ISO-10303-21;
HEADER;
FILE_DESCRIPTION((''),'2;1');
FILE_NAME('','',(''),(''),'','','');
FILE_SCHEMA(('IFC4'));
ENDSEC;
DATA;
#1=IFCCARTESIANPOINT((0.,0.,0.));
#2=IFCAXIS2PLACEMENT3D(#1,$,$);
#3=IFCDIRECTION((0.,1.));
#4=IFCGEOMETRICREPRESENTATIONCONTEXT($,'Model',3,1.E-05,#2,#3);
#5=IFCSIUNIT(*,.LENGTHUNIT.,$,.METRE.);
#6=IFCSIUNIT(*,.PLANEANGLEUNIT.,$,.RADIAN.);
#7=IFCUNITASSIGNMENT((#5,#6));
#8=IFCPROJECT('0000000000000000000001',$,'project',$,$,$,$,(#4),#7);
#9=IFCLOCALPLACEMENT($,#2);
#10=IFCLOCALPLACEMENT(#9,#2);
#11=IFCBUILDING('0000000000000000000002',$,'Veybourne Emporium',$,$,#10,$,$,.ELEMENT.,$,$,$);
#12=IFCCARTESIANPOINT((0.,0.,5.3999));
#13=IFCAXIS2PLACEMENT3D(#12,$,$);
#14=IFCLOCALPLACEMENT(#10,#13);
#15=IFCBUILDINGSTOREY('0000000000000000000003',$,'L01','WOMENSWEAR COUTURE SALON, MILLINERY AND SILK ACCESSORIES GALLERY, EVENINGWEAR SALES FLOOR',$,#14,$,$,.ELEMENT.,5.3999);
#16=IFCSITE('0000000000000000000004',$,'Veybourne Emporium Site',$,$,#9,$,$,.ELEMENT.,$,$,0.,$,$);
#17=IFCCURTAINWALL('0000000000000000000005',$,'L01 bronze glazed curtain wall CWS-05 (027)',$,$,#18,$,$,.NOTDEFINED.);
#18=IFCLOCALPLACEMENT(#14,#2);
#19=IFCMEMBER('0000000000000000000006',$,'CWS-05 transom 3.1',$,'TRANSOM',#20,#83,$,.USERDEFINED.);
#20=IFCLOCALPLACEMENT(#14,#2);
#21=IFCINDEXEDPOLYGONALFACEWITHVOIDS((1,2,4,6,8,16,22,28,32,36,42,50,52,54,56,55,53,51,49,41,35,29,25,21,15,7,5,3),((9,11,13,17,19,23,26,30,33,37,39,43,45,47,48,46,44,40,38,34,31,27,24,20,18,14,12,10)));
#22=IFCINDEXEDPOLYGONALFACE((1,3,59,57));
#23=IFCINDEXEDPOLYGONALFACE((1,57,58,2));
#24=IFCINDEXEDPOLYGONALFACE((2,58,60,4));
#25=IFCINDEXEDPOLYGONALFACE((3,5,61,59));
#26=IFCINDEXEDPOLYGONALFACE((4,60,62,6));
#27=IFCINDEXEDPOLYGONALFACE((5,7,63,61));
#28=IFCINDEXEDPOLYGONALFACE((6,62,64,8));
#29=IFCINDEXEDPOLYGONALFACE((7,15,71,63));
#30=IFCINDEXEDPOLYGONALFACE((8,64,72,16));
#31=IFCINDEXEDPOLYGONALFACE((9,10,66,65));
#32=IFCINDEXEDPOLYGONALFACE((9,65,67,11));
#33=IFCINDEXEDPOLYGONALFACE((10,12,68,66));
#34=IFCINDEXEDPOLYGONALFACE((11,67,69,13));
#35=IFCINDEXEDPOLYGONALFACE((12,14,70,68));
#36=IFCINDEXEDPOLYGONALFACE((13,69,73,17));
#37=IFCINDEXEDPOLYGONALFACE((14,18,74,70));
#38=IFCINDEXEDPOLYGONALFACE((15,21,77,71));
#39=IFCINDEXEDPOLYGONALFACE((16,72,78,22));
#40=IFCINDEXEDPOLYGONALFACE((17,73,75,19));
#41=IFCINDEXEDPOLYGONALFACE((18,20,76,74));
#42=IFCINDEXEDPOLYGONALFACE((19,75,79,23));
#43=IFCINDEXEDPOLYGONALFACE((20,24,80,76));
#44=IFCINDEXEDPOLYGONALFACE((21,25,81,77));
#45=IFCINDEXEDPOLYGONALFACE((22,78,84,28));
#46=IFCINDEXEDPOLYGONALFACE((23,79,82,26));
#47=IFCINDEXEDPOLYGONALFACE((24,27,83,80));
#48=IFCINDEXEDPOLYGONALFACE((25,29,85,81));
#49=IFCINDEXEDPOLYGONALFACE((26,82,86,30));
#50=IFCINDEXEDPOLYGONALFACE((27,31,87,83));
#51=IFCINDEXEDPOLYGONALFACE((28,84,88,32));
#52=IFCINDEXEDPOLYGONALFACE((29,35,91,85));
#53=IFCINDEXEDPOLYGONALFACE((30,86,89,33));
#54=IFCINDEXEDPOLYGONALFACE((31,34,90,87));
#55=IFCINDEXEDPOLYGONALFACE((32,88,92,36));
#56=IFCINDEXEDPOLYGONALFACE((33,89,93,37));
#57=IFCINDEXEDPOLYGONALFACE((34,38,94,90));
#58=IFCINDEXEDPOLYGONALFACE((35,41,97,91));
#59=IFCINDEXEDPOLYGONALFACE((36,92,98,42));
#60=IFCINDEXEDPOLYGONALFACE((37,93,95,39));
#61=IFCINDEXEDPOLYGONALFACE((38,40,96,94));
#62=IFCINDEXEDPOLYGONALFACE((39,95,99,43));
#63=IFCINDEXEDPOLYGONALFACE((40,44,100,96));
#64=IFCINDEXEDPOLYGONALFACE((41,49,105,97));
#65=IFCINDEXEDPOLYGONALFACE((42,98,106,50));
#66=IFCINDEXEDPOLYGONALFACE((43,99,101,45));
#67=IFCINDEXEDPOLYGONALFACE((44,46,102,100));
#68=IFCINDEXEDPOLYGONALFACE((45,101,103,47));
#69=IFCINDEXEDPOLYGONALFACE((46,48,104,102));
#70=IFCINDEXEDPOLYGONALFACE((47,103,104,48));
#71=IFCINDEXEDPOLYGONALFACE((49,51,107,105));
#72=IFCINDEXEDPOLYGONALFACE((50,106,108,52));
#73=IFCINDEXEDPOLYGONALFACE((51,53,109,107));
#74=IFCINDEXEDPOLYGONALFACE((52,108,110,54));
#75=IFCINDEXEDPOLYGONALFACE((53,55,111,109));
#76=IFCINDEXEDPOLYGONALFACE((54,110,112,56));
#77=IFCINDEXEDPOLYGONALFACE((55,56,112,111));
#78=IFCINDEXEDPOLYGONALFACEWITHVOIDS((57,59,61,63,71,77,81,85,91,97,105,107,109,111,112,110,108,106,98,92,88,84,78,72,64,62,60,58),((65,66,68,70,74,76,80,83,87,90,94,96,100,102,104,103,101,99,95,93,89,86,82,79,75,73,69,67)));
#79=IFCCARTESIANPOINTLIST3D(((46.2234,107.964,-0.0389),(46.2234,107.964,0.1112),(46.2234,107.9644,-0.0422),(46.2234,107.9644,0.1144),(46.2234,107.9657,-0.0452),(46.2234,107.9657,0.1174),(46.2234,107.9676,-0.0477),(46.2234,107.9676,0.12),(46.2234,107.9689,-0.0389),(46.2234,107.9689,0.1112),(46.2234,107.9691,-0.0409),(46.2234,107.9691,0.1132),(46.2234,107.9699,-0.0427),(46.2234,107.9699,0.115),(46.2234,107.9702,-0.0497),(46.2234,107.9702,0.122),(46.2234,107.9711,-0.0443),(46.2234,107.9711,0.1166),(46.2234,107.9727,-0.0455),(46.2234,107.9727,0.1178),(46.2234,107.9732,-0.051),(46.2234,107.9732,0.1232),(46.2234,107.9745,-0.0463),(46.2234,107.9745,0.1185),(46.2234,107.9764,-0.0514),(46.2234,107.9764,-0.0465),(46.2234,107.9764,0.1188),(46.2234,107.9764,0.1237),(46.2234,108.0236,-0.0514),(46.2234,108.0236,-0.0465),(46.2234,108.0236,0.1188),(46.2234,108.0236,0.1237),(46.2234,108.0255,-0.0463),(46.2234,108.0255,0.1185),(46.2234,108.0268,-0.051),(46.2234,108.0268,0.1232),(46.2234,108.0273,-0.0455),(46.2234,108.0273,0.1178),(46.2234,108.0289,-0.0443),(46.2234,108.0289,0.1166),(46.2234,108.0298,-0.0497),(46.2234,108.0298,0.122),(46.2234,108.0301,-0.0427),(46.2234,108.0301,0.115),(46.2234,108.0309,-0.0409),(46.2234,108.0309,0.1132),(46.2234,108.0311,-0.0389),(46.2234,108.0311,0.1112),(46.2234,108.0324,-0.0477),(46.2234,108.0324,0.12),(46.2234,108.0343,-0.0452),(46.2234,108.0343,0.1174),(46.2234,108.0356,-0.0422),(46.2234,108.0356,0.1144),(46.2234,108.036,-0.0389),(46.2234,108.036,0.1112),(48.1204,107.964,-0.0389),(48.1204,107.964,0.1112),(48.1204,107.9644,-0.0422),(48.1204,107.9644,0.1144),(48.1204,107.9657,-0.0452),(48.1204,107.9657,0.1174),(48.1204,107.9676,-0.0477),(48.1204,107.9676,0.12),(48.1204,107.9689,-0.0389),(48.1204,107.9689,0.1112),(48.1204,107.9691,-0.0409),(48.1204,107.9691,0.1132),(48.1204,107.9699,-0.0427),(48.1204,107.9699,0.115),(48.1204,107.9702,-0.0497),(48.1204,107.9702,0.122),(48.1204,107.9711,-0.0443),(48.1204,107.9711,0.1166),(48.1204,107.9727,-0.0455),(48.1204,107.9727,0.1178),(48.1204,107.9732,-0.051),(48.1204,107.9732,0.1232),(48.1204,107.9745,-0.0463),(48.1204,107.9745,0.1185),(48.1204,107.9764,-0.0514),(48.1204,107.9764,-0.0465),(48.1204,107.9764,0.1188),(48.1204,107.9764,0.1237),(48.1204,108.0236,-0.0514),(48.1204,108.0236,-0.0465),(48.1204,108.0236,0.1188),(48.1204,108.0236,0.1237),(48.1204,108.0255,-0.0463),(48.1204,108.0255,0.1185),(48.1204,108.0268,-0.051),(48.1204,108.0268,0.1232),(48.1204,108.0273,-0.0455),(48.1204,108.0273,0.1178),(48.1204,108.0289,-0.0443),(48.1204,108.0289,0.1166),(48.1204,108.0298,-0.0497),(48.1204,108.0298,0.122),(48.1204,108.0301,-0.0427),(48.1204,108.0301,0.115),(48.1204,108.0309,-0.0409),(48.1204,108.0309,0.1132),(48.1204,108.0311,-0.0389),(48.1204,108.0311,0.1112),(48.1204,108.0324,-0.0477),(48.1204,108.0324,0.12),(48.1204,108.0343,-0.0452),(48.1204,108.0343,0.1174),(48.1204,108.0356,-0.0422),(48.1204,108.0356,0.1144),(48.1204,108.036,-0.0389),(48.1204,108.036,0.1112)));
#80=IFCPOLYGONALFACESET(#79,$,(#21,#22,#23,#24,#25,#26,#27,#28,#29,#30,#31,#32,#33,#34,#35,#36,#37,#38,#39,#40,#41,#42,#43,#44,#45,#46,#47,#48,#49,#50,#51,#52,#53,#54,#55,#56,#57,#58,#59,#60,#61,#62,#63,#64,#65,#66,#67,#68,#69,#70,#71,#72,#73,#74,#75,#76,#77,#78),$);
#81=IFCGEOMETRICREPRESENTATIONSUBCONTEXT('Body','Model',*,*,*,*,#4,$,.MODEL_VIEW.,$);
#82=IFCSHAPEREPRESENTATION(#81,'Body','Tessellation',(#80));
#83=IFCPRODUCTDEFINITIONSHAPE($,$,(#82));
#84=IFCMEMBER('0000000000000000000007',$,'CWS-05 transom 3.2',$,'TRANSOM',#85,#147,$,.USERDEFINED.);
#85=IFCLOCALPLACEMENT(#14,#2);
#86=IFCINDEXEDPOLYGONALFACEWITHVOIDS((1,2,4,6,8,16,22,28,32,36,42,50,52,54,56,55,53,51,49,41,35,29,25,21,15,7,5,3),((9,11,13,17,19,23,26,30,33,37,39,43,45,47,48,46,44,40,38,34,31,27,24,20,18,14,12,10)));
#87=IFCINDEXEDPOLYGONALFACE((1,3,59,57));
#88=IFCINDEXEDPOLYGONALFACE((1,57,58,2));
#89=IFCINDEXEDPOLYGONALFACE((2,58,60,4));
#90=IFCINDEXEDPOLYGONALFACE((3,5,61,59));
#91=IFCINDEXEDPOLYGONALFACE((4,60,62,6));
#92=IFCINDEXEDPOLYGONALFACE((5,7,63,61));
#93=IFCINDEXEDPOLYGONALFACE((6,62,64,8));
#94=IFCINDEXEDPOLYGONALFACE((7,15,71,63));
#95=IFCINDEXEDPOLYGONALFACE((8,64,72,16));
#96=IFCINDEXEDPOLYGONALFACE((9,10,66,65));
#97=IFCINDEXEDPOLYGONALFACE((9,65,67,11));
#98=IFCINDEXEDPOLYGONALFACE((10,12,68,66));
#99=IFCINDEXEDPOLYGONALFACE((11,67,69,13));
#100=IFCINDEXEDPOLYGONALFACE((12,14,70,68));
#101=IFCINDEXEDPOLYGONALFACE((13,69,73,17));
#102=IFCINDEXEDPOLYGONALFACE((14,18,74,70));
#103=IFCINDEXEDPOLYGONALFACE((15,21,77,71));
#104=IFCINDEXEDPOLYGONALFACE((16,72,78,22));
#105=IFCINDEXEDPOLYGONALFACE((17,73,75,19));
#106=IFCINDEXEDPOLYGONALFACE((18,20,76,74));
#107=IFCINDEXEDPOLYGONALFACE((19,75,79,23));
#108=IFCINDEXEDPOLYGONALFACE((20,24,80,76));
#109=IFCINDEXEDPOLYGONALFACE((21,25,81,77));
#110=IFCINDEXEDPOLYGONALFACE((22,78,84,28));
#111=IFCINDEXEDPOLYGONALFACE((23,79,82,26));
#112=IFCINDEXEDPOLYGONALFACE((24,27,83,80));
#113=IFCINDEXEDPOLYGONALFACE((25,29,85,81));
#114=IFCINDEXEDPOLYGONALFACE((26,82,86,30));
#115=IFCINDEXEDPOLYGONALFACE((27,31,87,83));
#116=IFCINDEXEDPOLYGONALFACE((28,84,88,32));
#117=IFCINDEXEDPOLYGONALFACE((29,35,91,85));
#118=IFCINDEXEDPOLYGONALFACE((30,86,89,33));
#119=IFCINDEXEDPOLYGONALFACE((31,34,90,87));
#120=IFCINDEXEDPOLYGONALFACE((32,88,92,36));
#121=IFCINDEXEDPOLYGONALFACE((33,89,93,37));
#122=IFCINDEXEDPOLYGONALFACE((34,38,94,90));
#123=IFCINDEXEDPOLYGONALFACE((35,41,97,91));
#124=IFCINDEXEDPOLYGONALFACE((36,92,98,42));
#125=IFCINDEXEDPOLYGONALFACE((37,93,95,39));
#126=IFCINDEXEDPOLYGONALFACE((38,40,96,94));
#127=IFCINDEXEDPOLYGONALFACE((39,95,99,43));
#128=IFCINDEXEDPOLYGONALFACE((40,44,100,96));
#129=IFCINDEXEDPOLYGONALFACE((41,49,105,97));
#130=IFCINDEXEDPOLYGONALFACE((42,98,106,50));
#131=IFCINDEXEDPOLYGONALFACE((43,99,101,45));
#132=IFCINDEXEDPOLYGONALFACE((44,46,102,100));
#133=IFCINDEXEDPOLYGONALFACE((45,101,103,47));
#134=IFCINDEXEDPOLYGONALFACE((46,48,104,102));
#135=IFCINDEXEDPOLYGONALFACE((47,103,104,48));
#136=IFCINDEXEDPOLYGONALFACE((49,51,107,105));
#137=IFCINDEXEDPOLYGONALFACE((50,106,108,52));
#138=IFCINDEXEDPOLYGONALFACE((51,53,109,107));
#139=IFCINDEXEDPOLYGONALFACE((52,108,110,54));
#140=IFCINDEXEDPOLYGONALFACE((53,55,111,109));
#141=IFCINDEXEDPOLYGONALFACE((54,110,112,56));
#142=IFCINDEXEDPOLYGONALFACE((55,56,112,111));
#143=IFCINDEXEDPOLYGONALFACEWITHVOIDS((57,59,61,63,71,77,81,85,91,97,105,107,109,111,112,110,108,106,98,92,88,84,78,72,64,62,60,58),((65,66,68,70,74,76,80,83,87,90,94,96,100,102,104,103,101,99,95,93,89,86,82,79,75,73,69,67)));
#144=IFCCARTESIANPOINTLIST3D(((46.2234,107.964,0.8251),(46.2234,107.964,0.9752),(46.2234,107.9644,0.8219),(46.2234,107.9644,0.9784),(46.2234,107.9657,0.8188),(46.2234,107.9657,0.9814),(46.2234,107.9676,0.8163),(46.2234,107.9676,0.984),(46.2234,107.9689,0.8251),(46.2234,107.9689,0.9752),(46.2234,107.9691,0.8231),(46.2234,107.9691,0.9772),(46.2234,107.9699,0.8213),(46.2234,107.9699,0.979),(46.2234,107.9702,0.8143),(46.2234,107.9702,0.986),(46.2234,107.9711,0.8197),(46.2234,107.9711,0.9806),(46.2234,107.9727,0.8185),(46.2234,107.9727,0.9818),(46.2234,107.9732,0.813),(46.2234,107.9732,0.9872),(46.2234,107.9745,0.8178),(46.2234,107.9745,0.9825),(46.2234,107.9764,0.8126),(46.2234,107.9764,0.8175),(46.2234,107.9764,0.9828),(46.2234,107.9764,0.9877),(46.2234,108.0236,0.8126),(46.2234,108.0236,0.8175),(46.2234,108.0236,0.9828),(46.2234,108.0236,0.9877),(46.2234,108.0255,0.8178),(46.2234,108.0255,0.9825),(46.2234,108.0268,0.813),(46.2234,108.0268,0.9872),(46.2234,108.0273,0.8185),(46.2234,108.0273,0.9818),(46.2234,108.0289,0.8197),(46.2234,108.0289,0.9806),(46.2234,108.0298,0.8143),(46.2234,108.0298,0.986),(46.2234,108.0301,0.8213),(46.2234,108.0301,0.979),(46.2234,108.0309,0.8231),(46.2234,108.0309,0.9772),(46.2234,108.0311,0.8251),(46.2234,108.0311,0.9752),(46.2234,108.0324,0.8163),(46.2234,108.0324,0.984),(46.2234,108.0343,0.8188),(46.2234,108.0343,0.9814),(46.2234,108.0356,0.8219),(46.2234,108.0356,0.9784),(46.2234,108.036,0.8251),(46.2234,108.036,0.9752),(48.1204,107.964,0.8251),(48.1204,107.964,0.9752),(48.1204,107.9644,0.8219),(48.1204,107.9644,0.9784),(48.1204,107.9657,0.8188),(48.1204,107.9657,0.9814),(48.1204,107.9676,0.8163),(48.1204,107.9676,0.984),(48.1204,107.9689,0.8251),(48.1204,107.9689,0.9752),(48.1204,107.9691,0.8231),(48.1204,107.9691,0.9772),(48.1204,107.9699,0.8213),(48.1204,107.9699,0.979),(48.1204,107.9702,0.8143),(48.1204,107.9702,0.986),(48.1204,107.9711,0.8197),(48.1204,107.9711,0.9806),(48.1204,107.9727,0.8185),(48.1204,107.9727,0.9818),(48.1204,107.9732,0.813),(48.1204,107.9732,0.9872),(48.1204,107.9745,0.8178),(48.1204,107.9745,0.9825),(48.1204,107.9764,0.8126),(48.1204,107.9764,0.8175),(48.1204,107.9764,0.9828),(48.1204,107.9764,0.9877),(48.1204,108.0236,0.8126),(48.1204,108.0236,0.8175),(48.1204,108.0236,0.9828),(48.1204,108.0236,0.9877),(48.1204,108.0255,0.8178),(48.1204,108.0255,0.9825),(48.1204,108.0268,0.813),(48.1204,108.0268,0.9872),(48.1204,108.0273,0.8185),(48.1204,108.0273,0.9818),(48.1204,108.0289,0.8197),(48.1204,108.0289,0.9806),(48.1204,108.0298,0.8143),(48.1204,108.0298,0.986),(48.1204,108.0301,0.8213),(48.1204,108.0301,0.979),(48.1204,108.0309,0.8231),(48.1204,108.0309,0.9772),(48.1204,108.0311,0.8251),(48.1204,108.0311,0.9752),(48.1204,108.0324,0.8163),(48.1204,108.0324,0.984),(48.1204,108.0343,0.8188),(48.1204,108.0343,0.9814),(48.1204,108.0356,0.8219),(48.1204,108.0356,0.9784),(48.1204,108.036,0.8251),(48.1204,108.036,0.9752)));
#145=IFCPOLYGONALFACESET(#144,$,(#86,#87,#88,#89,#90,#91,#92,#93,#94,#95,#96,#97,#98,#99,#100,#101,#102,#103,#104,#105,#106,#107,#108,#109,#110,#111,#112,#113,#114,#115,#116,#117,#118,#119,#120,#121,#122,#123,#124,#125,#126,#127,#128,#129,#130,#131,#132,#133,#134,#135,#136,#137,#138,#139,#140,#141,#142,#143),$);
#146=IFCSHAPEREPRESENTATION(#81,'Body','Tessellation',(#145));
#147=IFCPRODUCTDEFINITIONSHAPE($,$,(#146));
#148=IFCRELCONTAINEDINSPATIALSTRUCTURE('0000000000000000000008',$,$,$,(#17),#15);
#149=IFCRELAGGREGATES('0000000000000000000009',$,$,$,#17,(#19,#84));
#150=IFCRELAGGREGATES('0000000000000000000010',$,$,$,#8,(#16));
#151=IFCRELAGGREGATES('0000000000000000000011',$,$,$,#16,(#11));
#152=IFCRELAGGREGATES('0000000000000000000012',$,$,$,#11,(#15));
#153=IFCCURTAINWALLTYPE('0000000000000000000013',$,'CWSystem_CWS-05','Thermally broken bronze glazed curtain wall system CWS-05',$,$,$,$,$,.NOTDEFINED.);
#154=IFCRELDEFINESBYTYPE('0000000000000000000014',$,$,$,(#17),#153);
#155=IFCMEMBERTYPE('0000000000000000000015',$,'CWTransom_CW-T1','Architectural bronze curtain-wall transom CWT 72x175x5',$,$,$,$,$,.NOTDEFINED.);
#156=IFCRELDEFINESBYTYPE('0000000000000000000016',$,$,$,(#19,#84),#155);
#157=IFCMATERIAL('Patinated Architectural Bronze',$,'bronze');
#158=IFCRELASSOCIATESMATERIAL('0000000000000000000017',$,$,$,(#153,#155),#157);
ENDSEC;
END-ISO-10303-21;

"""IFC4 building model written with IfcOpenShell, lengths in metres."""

from ifc_helpers import new_model, si_unit, direction, frame, origin, origin_2d, place, context, subcontext, project, spatial, hollow_rectangle, extrude, material, material_profile, profile_set, type_object, element, aggregate, save


model = new_model("IFC4")

# Units and contexts
model_context = context("Model", 3, precision=1e-05, world=origin(), true_north=direction((0.0, 1.0)))
body_context = subcontext(model_context, "Body", "Model", "MODEL_VIEW")
ifc_project = project(units=[si_unit("LENGTHUNIT", "METRE"), si_unit("PLANEANGLEUNIT", "RADIAN")], contexts=[model_context])

# Site, building, storey
site_placement = place(None, origin())
site = spatial("IfcSite", under=ifc_project, at=site_placement, Name="Veybourne Emporium Site", CompositionType="ELEMENT", RefElevation=0.0)
building_placement = place(site_placement, origin())
building = spatial("IfcBuilding", under=site, at=building_placement, Name="Veybourne Emporium", CompositionType="ELEMENT")
storey_placement = place(building_placement, frame((0.0, 0.0, 5.3999)))
storey = spatial("IfcBuildingStorey", under=building, at=storey_placement, Name="L01", Description="WOMENSWEAR COUTURE SALON, MILLINERY AND SILK ACCESSORIES GALLERY, EVENINGWEAR SALES FLOOR", CompositionType="ELEMENT", Elevation=5.3999)

# Curtain wall, members
ifc_material_1 = material(Name="Patinated Architectural Bronze", Category="bronze")
curtain_wall_type = type_object("IfcCurtainWallType", Name="CWSystem_CWS-05", Description="Thermally broken bronze glazed curtain wall system CWS-05", PredefinedType="NOTDEFINED", material=ifc_material_1)
curtain_wall_placement = place(storey_placement, origin())
curtain_wall = element("IfcCurtainWall", 1, at=curtain_wall_placement, inside=storey, type_object=curtain_wall_type, Name="L01 bronze glazed curtain wall CWS-05 (027)", PredefinedType="NOTDEFINED")
ifc_material_profile_1 = material_profile(ifc_material_1, hollow_rectangle(XDim=0.072, YDim=0.175, WallThickness=0.0049, InnerFilletRadius=0.0076, OuterFilletRadius=0.0125, at=origin_2d()), Name="CWT 72x175x5")
ifc_profile_set_1 = profile_set([ifc_material_profile_1], Name="Patinated Architectural Bronze")
member_type_1 = type_object("IfcMemberType", Name="CWTransom_CW-T1", Description="Architectural bronze curtain-wall transom CWT 72x175x5", PredefinedType="NOTDEFINED", material=ifc_profile_set_1)
member_1_placement = place(storey_placement, frame((46.2234, 108.0, 0.0361), z_axis=(1.0, 0.0, 0.0), x_axis=(0.0, 1.0, 0.0)))
member_1 = element("IfcMember", 2, at=member_1_placement, type_object=member_type_1, Name="CWS-05 transom 3.1", ObjectType="TRANSOM", PredefinedType="USERDEFINED", context=body_context, shape_type="SweptSolid", body=[
    extrude(hollow_rectangle(XDim=0.072, YDim=0.175, WallThickness=0.0049, InnerFilletRadius=0.0076, OuterFilletRadius=0.0125, at=origin_2d()), origin(), (0.0, 0.0, 1.0), 1.897),
])
member_2_placement = place(storey_placement, frame((46.2234, 108.0, 0.9001), z_axis=(1.0, 0.0, 0.0), x_axis=(0.0, 1.0, 0.0)))
member_2 = element("IfcMember", 3, at=member_2_placement, type_object=member_type_1, Name="CWS-05 transom 3.2", ObjectType="TRANSOM", PredefinedType="USERDEFINED", context=body_context, shape_type="SweptSolid", body=[
    extrude(hollow_rectangle(XDim=0.072, YDim=0.175, WallThickness=0.0049, InnerFilletRadius=0.0076, OuterFilletRadius=0.0125, at=origin_2d()), origin(), (0.0, 0.0, 1.0), 1.897),
])
aggregate(curtain_wall, [member_1, member_2])

save(model, "model.ifc")
